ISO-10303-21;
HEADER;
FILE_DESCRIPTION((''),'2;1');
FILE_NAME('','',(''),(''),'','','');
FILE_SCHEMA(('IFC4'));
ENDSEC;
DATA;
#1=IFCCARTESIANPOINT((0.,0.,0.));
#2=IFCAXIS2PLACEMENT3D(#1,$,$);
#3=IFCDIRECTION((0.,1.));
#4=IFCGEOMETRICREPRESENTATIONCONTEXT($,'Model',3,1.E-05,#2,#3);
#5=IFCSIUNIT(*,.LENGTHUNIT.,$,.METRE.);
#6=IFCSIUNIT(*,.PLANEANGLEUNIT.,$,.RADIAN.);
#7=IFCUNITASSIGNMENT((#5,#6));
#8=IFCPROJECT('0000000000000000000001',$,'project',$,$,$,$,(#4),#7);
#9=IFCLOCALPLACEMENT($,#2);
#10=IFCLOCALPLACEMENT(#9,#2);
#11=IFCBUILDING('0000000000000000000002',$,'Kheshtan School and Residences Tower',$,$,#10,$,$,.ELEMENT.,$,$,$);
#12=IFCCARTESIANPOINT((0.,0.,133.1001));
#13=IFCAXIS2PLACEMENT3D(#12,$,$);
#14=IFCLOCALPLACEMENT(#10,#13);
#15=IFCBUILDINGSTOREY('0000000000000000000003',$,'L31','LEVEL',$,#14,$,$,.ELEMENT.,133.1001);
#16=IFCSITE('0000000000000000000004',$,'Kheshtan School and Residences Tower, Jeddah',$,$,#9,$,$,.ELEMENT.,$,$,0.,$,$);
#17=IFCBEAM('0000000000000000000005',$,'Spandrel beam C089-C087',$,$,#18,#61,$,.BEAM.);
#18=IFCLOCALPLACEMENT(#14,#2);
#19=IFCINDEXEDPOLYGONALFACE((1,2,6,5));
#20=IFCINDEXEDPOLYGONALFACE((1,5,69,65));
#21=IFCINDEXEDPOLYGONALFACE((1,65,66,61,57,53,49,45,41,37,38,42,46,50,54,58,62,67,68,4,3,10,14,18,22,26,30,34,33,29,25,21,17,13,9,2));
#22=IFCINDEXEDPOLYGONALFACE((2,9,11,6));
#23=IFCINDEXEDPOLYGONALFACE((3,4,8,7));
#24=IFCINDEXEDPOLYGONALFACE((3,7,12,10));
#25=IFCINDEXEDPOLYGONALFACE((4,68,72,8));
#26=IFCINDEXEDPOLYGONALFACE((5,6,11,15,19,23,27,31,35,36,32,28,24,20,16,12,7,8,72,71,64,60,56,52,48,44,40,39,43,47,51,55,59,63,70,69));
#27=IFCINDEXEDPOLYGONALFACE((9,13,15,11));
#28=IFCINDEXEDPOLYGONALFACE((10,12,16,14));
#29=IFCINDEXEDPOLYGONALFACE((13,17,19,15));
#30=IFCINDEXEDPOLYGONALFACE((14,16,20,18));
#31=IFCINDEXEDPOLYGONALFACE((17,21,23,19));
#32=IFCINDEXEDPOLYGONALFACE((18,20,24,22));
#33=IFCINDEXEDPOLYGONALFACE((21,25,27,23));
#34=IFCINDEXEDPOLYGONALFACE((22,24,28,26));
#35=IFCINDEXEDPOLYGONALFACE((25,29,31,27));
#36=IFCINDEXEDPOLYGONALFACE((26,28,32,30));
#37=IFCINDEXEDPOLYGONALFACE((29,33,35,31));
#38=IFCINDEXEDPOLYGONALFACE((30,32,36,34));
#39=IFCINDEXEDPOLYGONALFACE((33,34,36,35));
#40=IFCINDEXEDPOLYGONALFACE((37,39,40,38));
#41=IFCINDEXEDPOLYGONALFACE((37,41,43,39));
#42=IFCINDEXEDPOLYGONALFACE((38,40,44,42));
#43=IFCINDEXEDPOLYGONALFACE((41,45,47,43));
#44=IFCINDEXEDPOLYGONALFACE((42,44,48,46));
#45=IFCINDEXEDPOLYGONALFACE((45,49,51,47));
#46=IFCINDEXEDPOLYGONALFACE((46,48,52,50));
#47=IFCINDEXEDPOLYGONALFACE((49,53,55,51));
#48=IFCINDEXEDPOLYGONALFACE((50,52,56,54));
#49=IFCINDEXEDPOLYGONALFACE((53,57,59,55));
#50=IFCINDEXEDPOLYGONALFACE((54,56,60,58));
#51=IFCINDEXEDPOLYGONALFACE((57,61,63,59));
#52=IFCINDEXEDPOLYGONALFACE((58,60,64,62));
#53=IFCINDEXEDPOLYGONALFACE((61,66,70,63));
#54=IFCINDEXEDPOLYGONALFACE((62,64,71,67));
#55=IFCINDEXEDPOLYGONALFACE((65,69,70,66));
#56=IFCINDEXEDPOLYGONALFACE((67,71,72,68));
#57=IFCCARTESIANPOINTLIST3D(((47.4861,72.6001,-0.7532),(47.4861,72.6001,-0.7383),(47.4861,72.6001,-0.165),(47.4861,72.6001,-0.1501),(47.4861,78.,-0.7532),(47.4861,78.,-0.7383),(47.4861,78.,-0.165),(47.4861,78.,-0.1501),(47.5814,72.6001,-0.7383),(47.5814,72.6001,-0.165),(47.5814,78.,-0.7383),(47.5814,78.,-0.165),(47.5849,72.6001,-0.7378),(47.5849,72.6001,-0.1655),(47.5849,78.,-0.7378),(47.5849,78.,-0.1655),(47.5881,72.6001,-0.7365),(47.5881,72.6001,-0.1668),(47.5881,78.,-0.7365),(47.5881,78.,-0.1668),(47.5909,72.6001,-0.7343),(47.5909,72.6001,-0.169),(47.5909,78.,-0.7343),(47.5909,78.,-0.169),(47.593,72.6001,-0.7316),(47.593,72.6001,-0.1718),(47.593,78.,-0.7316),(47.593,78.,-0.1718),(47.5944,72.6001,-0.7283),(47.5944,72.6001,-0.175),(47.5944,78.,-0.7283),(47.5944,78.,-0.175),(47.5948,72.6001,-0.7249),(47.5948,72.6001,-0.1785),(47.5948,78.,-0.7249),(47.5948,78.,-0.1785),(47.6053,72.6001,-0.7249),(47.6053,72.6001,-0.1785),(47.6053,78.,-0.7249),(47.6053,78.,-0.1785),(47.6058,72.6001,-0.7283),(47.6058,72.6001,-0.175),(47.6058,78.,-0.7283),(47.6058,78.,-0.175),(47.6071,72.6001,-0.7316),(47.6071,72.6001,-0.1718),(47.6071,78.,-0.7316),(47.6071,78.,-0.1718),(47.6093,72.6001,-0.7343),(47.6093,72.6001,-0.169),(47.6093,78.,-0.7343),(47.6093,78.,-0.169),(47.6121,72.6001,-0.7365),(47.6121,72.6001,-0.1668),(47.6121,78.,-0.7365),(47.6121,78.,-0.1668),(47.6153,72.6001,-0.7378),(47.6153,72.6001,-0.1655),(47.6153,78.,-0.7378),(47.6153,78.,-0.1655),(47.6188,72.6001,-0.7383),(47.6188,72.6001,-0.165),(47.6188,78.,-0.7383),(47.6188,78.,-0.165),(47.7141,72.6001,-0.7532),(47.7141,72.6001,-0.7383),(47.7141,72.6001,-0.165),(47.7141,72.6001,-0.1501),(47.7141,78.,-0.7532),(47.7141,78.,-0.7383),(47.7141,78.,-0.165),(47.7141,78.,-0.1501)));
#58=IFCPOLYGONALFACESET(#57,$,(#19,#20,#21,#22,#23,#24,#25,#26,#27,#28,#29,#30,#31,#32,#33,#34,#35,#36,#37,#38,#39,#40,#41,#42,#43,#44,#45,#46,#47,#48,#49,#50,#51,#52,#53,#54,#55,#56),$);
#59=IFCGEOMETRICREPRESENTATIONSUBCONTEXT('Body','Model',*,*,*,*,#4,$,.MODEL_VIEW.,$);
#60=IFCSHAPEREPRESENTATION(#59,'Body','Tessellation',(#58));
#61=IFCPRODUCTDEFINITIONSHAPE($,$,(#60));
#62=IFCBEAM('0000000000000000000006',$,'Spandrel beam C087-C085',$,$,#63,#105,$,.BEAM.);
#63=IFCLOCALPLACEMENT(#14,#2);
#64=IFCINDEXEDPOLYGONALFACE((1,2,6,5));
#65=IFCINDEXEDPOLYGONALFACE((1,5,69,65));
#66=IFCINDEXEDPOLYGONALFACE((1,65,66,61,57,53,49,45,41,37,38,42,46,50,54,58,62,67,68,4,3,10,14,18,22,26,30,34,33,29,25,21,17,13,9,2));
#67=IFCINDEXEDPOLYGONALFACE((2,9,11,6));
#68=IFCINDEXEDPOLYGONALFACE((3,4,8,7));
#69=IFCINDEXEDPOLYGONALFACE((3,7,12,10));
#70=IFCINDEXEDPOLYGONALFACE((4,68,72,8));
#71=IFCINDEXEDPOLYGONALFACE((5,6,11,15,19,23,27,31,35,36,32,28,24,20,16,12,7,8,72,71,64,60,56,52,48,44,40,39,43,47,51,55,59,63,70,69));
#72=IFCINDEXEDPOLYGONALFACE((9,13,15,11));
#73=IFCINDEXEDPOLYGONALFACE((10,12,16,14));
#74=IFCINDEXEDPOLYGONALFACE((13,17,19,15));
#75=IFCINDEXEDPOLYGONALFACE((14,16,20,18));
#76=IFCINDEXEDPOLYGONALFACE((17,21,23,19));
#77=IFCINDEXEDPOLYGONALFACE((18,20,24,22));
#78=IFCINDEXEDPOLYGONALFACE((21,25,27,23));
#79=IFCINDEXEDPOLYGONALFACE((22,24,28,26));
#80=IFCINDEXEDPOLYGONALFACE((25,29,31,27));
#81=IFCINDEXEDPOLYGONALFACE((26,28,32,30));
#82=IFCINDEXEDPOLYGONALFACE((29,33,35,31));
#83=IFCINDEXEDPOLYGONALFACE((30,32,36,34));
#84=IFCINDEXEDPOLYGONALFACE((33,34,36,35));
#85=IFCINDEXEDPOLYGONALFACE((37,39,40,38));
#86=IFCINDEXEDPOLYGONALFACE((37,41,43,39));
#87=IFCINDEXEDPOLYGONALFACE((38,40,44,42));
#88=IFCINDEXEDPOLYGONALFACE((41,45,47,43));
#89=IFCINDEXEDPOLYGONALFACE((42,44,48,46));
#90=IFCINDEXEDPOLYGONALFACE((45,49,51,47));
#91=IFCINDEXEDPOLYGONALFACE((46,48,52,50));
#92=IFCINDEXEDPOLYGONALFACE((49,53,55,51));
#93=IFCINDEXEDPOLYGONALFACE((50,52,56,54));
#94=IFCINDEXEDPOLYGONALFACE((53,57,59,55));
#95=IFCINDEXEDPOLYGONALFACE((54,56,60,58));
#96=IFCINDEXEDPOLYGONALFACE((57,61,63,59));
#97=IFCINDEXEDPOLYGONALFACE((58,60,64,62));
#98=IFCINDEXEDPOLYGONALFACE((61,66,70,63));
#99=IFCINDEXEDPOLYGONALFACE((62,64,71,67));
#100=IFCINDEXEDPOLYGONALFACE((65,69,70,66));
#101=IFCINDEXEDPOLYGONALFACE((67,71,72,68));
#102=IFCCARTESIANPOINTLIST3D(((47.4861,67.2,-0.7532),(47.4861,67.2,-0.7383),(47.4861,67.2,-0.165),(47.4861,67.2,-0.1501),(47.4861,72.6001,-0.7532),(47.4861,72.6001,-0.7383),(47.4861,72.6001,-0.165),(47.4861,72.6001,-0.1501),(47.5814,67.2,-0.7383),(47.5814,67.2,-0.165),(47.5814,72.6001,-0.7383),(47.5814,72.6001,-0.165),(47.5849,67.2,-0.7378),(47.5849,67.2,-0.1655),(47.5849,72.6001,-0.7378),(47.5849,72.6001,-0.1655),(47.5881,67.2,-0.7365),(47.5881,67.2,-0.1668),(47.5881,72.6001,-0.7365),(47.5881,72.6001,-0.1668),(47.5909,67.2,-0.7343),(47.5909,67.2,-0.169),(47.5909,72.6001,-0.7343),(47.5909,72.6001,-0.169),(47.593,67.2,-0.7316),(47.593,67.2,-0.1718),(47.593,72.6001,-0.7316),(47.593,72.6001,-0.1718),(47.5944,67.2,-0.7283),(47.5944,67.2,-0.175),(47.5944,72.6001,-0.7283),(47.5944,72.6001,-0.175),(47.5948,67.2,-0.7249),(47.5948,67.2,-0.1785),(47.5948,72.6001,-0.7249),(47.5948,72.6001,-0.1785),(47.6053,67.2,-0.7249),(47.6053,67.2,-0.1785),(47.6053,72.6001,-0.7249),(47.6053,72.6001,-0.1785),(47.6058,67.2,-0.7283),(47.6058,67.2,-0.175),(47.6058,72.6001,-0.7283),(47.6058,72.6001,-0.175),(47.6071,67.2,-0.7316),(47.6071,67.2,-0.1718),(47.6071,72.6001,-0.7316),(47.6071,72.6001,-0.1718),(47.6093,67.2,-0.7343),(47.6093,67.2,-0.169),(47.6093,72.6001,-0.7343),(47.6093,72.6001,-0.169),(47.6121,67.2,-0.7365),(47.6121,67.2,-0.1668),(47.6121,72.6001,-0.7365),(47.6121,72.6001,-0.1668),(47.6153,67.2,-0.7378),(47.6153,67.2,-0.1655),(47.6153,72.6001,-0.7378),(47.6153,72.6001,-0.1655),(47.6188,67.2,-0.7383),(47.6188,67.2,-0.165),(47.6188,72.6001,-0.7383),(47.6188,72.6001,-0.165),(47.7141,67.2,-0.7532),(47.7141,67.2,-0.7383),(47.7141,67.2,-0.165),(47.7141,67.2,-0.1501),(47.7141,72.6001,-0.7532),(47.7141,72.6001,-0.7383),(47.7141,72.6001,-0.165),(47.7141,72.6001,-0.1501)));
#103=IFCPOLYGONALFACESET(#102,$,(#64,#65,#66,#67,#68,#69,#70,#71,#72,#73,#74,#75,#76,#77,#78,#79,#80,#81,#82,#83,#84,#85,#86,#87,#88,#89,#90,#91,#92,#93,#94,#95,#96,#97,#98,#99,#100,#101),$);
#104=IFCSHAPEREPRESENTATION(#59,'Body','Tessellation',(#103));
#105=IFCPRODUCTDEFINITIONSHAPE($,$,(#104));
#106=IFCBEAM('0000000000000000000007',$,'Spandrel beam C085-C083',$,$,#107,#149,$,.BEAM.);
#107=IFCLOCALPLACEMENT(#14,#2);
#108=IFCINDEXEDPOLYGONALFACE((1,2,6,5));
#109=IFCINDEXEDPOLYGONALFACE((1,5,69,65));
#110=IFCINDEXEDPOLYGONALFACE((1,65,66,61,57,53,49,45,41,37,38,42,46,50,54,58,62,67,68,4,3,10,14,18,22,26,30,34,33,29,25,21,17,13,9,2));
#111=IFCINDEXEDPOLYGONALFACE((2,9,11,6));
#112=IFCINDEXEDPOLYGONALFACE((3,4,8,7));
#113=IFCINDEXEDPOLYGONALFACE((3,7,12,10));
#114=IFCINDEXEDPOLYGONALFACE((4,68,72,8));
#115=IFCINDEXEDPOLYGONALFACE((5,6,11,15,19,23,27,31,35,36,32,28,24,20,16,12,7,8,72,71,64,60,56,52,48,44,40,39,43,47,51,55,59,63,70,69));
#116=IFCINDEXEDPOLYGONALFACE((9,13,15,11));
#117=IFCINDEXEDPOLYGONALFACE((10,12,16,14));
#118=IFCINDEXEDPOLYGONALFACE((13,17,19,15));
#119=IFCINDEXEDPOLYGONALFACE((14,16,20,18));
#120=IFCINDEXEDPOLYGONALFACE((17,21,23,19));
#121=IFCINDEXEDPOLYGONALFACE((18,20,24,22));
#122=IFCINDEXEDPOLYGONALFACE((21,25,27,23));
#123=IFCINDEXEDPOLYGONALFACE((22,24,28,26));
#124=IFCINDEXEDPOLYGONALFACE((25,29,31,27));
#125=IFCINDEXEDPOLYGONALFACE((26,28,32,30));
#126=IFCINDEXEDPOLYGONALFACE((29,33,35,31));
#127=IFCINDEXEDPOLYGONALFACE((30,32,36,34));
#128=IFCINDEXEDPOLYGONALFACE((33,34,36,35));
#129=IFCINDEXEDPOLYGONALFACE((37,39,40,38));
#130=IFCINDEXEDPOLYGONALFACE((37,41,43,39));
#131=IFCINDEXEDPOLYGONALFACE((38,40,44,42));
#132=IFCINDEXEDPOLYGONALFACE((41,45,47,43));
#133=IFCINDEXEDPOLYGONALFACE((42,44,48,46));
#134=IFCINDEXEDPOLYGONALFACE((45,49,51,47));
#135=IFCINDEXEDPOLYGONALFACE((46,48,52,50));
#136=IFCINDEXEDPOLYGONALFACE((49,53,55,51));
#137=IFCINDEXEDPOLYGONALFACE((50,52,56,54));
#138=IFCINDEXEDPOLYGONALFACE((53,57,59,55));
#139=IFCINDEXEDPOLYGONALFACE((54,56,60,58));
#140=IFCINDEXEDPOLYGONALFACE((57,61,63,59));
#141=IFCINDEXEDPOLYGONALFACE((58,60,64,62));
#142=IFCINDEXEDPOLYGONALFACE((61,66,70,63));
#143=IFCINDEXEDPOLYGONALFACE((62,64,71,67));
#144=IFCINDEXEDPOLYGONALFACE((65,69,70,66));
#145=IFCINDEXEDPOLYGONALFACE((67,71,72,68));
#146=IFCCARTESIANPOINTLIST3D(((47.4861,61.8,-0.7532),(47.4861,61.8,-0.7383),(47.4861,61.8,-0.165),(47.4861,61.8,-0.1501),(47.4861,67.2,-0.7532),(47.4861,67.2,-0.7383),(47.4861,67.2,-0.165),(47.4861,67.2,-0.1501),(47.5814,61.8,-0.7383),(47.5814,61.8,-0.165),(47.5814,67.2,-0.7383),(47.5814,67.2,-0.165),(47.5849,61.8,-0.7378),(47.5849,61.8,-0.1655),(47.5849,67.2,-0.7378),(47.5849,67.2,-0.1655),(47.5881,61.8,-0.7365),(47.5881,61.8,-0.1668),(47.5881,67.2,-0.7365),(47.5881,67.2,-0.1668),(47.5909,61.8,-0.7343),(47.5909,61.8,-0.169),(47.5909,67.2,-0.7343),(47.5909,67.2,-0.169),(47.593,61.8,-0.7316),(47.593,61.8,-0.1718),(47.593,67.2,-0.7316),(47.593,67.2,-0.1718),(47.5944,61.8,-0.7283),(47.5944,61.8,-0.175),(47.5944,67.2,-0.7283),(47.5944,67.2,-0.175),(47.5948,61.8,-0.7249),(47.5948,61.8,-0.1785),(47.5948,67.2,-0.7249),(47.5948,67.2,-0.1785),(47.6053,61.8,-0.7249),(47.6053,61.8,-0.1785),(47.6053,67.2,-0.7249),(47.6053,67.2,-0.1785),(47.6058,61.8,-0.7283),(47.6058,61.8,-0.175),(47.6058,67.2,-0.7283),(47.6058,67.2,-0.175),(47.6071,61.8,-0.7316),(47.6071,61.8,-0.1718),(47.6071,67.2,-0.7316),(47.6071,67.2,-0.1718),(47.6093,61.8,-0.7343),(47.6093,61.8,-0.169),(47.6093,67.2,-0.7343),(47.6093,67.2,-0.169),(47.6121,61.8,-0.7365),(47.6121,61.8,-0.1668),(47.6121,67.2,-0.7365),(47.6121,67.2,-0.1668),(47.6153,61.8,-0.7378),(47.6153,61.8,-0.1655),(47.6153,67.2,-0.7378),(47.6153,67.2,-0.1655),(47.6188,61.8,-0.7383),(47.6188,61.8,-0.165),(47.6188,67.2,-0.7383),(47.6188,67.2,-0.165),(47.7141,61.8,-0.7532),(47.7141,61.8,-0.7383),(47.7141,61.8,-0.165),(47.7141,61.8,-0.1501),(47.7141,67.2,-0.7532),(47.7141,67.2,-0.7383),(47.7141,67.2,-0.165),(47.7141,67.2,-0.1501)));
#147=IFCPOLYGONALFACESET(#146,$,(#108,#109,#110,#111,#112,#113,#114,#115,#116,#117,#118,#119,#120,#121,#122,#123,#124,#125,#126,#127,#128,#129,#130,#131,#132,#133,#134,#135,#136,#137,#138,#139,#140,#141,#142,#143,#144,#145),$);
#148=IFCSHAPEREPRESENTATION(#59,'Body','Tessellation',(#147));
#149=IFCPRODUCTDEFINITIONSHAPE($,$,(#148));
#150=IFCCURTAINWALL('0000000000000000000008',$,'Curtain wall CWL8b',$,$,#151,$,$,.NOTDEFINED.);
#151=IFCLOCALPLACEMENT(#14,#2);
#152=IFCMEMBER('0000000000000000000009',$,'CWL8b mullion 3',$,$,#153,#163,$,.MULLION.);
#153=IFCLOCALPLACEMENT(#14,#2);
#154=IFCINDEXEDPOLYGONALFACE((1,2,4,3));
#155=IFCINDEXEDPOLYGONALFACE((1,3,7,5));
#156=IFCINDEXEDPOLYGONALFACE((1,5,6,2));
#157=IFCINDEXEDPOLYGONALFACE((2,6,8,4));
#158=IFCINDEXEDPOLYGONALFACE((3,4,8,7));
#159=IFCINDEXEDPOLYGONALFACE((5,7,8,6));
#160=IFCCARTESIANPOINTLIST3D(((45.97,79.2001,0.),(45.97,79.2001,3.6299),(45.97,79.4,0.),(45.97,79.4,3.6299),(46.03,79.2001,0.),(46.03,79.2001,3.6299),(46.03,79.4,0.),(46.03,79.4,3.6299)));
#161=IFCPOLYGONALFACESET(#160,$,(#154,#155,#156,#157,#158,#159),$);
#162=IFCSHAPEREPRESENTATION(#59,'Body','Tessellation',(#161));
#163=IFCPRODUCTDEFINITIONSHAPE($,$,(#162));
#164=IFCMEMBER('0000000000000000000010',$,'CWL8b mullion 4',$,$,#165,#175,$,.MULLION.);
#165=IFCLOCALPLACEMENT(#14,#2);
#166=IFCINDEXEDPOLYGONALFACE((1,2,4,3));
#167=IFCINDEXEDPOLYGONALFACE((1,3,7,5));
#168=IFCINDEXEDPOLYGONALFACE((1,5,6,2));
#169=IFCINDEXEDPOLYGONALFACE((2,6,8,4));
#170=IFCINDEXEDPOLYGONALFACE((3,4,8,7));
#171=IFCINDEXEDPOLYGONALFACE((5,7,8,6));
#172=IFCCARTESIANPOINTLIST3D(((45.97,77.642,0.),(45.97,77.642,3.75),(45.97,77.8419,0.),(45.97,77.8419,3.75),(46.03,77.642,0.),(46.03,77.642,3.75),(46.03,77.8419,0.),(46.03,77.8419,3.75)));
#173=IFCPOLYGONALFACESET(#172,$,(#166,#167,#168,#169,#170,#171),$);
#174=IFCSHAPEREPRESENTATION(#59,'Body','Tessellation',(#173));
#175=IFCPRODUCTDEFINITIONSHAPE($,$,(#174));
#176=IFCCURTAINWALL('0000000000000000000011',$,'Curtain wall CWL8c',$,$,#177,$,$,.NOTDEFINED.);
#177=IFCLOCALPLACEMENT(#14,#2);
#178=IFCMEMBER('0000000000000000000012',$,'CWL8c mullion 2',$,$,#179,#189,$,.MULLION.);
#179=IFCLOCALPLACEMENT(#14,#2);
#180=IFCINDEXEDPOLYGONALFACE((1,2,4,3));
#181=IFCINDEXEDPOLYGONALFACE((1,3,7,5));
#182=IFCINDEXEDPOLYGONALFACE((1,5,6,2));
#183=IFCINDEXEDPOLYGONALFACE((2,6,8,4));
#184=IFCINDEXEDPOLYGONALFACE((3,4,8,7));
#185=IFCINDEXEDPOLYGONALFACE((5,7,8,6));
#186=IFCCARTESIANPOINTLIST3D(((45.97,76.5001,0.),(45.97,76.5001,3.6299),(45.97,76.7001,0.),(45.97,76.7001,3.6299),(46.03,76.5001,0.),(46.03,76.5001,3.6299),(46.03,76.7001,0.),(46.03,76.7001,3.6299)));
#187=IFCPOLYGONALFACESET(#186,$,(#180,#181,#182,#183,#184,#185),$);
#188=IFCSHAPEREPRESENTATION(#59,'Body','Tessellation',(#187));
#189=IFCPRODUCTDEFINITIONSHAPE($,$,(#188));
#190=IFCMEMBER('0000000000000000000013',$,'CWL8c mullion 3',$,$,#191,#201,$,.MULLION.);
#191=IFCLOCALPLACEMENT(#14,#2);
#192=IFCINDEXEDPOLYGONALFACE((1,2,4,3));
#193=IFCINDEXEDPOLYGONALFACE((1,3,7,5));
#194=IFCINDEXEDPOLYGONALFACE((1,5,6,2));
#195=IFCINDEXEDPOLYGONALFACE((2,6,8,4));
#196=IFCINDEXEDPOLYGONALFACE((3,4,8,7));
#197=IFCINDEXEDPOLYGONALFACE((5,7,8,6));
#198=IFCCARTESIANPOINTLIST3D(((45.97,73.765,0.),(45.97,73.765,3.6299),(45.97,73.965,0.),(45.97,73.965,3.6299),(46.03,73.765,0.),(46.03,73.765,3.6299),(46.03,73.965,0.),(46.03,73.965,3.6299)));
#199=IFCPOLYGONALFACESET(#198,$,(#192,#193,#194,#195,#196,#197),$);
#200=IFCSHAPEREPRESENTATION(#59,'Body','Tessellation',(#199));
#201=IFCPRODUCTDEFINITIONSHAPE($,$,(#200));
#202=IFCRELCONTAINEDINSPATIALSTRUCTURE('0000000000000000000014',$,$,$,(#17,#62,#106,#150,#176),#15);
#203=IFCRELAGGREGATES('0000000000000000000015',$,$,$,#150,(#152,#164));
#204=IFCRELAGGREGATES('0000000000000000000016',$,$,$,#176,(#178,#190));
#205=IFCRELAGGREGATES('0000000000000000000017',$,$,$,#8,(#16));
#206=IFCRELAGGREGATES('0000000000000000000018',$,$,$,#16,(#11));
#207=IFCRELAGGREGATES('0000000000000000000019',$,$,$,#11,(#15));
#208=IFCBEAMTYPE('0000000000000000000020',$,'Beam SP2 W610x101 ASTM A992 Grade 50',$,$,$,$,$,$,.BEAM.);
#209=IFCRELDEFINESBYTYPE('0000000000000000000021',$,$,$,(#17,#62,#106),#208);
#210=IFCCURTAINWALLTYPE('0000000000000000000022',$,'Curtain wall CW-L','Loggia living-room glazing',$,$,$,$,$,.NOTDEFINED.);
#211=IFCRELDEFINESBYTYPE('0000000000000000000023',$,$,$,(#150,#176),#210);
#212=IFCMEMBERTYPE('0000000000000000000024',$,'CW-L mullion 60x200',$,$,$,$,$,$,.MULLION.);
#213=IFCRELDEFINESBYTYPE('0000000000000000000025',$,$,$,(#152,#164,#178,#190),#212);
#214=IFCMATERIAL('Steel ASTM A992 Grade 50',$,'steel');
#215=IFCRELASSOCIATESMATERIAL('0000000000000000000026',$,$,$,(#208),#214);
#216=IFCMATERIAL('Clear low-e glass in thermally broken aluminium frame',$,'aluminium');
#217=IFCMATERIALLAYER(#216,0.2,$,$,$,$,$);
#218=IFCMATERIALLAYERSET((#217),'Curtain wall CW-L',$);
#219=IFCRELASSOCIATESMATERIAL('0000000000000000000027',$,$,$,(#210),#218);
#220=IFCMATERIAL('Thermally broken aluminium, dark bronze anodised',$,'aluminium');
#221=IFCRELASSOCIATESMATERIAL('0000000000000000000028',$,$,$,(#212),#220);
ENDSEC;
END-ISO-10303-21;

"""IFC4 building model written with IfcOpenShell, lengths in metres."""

from ifc_helpers import new_model, si_unit, direction, frame, origin, origin_2d, place, context, subcontext, project, spatial, rectangle, i_section, extrude, material, layer, layer_set, material_profile, profile_set, type_object, element, aggregate, save


model = new_model("IFC4")

# Units and contexts
model_context = context("Model", 3, precision=1e-05, world=origin(), true_north=direction((0.0, 1.0)))
body_context = subcontext(model_context, "Body", "Model", "MODEL_VIEW")
ifc_project = project(units=[si_unit("LENGTHUNIT", "METRE"), si_unit("PLANEANGLEUNIT", "RADIAN")], contexts=[model_context])

# Site, building, storey
site_placement = place(None, origin())
site = spatial("IfcSite", under=ifc_project, at=site_placement, Name="Kheshtan School and Residences Tower, Jeddah", CompositionType="ELEMENT", RefElevation=0.0)
building_placement = place(site_placement, origin())
building = spatial("IfcBuilding", under=site, at=building_placement, Name="Kheshtan School and Residences Tower", CompositionType="ELEMENT")
storey_placement = place(building_placement, frame((0.0, 0.0, 133.1001)))
storey = spatial("IfcBuildingStorey", under=building, at=storey_placement, Name="L31", Description="LEVEL", CompositionType="ELEMENT", Elevation=133.1001)

# Shared definitions
ifc_material_1 = material(Name="Steel ASTM A992 Grade 50", Category="steel")

# Beams
ifc_material_profile_1 = material_profile(ifc_material_1, i_section(OverallWidth=0.228, OverallDepth=0.603, WebThickness=0.0105, FlangeThickness=0.0149, FilletRadius=0.0134, at=origin_2d()), Name="W610x101")
ifc_profile_set_1 = profile_set([ifc_material_profile_1], Name="Steel ASTM A992 Grade 50")
beam_type_1 = type_object("IfcBeamType", Name="Beam SP2 W610x101 ASTM A992 Grade 50", PredefinedType="BEAM", material=ifc_profile_set_1)
beam_1_placement = place(storey_placement, frame((47.6001, 78.0, -0.4517), z_axis=(0.0, -1.0, 0.0), x_axis=(1.0, 0.0, 0.0)))
element("IfcBeam", 1, at=beam_1_placement, inside=storey, type_object=beam_type_1, Name="Spandrel beam C089-C087", PredefinedType="BEAM", context=body_context, shape_type="SweptSolid", body=[
    extrude(i_section(OverallWidth=0.228, OverallDepth=0.603, WebThickness=0.0105, FlangeThickness=0.0149, FilletRadius=0.0134, at=origin_2d()), origin(), (0.0, 0.0, 1.0), 5.3999),
])
beam_2_placement = place(storey_placement, frame((47.6001, 72.6001, -0.4517), z_axis=(0.0, -1.0, 0.0), x_axis=(1.0, 0.0, 0.0)))
element("IfcBeam", 2, at=beam_2_placement, inside=storey, type_object=beam_type_1, Name="Spandrel beam C087-C085", PredefinedType="BEAM", context=body_context, shape_type="SweptSolid", body=[
    extrude(i_section(OverallWidth=0.228, OverallDepth=0.603, WebThickness=0.0105, FlangeThickness=0.0149, FilletRadius=0.0134, at=origin_2d()), origin(), (0.0, 0.0, 1.0), 5.4001),
])
beam_3_placement = place(storey_placement, frame((47.6001, 67.2, -0.4517), z_axis=(0.0, -1.0, 0.0), x_axis=(1.0, 0.0, 0.0)))
element("IfcBeam", 3, at=beam_3_placement, inside=storey, type_object=beam_type_1, Name="Spandrel beam C085-C083", PredefinedType="BEAM", context=body_context, shape_type="SweptSolid", body=[
    extrude(i_section(OverallWidth=0.228, OverallDepth=0.603, WebThickness=0.0105, FlangeThickness=0.0149, FilletRadius=0.0134, at=origin_2d()), origin(), (0.0, 0.0, 1.0), 5.3999),
])

# Curtain walls, members
ifc_material_2 = material(Name="Clear low-e glass in thermally broken aluminium frame", Category="aluminium")
ifc_layer_1 = layer(ifc_material_2, 0.2)
ifc_layer_set_1 = layer_set([ifc_layer_1], Name="Curtain wall CW-L")
curtain_wall_type = type_object("IfcCurtainWallType", Name="Curtain wall CW-L", Description="Loggia living-room glazing", PredefinedType="NOTDEFINED", material=ifc_layer_set_1)
curtain_wall_1_placement = place(storey_placement, origin())
curtain_wall_1 = element("IfcCurtainWall", 4, at=curtain_wall_1_placement, inside=storey, type_object=curtain_wall_type, Name="Curtain wall CWL8b", PredefinedType="NOTDEFINED")
ifc_material_3 = material(Name="Thermally broken aluminium, dark bronze anodised", Category="aluminium")
ifc_material_profile_2 = material_profile(ifc_material_3, rectangle(XDim=0.0601, YDim=0.2, at=origin_2d()), Name="CW-L mullion 60x200")
ifc_profile_set_2 = profile_set([ifc_material_profile_2], Name="Thermally broken aluminium, dark bronze anodised")
member_type_1 = type_object("IfcMemberType", Name="CW-L mullion 60x200", PredefinedType="MULLION", material=ifc_profile_set_2)
member_1_placement = place(storey_placement, frame((46.0, 79.3, 0.0), z_axis=(0.0, 0.0, 1.0), x_axis=(1.0, 0.0, 0.0)))
member_1 = element("IfcMember", 5, at=member_1_placement, type_object=member_type_1, Name="CWL8b mullion 3", PredefinedType="MULLION", context=body_context, shape_type="SweptSolid", body=[
    extrude(rectangle(XDim=0.0601, YDim=0.2, at=origin_2d()), origin(), (0.0, 0.0, 1.0), 3.6299),
])
member_2_placement = place(storey_placement, frame((46.0, 77.7419, 0.0), z_axis=(0.0, 0.0, 1.0), x_axis=(1.0, 0.0, 0.0)))
member_2 = element("IfcMember", 6, at=member_2_placement, type_object=member_type_1, Name="CWL8b mullion 4", PredefinedType="MULLION", context=body_context, shape_type="SweptSolid", body=[
    extrude(rectangle(XDim=0.0601, YDim=0.2, at=origin_2d()), origin(), (0.0, 0.0, 1.0), 3.75),
])
curtain_wall_2_placement = place(storey_placement, origin())
curtain_wall_2 = element("IfcCurtainWall", 7, at=curtain_wall_2_placement, inside=storey, type_object=curtain_wall_type, Name="Curtain wall CWL8c", PredefinedType="NOTDEFINED")
member_3_placement = place(storey_placement, frame((46.0, 76.6001, 0.0), z_axis=(0.0, 0.0, 1.0), x_axis=(1.0, 0.0, 0.0)))
member_3 = element("IfcMember", 8, at=member_3_placement, type_object=member_type_1, Name="CWL8c mullion 2", PredefinedType="MULLION", context=body_context, shape_type="SweptSolid", body=[
    extrude(rectangle(XDim=0.0601, YDim=0.2, at=origin_2d()), origin(), (0.0, 0.0, 1.0), 3.6299),
])
member_4_placement = place(storey_placement, frame((46.0, 73.865, 0.0), z_axis=(0.0, 0.0, 1.0), x_axis=(1.0, 0.0, 0.0)))
member_4 = element("IfcMember", 9, at=member_4_placement, type_object=member_type_1, Name="CWL8c mullion 3", PredefinedType="MULLION", context=body_context, shape_type="SweptSolid", body=[
    extrude(rectangle(XDim=0.0601, YDim=0.2, at=origin_2d()), origin(), (0.0, 0.0, 1.0), 3.6299),
])

aggregate(curtain_wall_1, [member_1, member_2])
aggregate(curtain_wall_2, [member_3, member_4])

save(model, "model.ifc")
